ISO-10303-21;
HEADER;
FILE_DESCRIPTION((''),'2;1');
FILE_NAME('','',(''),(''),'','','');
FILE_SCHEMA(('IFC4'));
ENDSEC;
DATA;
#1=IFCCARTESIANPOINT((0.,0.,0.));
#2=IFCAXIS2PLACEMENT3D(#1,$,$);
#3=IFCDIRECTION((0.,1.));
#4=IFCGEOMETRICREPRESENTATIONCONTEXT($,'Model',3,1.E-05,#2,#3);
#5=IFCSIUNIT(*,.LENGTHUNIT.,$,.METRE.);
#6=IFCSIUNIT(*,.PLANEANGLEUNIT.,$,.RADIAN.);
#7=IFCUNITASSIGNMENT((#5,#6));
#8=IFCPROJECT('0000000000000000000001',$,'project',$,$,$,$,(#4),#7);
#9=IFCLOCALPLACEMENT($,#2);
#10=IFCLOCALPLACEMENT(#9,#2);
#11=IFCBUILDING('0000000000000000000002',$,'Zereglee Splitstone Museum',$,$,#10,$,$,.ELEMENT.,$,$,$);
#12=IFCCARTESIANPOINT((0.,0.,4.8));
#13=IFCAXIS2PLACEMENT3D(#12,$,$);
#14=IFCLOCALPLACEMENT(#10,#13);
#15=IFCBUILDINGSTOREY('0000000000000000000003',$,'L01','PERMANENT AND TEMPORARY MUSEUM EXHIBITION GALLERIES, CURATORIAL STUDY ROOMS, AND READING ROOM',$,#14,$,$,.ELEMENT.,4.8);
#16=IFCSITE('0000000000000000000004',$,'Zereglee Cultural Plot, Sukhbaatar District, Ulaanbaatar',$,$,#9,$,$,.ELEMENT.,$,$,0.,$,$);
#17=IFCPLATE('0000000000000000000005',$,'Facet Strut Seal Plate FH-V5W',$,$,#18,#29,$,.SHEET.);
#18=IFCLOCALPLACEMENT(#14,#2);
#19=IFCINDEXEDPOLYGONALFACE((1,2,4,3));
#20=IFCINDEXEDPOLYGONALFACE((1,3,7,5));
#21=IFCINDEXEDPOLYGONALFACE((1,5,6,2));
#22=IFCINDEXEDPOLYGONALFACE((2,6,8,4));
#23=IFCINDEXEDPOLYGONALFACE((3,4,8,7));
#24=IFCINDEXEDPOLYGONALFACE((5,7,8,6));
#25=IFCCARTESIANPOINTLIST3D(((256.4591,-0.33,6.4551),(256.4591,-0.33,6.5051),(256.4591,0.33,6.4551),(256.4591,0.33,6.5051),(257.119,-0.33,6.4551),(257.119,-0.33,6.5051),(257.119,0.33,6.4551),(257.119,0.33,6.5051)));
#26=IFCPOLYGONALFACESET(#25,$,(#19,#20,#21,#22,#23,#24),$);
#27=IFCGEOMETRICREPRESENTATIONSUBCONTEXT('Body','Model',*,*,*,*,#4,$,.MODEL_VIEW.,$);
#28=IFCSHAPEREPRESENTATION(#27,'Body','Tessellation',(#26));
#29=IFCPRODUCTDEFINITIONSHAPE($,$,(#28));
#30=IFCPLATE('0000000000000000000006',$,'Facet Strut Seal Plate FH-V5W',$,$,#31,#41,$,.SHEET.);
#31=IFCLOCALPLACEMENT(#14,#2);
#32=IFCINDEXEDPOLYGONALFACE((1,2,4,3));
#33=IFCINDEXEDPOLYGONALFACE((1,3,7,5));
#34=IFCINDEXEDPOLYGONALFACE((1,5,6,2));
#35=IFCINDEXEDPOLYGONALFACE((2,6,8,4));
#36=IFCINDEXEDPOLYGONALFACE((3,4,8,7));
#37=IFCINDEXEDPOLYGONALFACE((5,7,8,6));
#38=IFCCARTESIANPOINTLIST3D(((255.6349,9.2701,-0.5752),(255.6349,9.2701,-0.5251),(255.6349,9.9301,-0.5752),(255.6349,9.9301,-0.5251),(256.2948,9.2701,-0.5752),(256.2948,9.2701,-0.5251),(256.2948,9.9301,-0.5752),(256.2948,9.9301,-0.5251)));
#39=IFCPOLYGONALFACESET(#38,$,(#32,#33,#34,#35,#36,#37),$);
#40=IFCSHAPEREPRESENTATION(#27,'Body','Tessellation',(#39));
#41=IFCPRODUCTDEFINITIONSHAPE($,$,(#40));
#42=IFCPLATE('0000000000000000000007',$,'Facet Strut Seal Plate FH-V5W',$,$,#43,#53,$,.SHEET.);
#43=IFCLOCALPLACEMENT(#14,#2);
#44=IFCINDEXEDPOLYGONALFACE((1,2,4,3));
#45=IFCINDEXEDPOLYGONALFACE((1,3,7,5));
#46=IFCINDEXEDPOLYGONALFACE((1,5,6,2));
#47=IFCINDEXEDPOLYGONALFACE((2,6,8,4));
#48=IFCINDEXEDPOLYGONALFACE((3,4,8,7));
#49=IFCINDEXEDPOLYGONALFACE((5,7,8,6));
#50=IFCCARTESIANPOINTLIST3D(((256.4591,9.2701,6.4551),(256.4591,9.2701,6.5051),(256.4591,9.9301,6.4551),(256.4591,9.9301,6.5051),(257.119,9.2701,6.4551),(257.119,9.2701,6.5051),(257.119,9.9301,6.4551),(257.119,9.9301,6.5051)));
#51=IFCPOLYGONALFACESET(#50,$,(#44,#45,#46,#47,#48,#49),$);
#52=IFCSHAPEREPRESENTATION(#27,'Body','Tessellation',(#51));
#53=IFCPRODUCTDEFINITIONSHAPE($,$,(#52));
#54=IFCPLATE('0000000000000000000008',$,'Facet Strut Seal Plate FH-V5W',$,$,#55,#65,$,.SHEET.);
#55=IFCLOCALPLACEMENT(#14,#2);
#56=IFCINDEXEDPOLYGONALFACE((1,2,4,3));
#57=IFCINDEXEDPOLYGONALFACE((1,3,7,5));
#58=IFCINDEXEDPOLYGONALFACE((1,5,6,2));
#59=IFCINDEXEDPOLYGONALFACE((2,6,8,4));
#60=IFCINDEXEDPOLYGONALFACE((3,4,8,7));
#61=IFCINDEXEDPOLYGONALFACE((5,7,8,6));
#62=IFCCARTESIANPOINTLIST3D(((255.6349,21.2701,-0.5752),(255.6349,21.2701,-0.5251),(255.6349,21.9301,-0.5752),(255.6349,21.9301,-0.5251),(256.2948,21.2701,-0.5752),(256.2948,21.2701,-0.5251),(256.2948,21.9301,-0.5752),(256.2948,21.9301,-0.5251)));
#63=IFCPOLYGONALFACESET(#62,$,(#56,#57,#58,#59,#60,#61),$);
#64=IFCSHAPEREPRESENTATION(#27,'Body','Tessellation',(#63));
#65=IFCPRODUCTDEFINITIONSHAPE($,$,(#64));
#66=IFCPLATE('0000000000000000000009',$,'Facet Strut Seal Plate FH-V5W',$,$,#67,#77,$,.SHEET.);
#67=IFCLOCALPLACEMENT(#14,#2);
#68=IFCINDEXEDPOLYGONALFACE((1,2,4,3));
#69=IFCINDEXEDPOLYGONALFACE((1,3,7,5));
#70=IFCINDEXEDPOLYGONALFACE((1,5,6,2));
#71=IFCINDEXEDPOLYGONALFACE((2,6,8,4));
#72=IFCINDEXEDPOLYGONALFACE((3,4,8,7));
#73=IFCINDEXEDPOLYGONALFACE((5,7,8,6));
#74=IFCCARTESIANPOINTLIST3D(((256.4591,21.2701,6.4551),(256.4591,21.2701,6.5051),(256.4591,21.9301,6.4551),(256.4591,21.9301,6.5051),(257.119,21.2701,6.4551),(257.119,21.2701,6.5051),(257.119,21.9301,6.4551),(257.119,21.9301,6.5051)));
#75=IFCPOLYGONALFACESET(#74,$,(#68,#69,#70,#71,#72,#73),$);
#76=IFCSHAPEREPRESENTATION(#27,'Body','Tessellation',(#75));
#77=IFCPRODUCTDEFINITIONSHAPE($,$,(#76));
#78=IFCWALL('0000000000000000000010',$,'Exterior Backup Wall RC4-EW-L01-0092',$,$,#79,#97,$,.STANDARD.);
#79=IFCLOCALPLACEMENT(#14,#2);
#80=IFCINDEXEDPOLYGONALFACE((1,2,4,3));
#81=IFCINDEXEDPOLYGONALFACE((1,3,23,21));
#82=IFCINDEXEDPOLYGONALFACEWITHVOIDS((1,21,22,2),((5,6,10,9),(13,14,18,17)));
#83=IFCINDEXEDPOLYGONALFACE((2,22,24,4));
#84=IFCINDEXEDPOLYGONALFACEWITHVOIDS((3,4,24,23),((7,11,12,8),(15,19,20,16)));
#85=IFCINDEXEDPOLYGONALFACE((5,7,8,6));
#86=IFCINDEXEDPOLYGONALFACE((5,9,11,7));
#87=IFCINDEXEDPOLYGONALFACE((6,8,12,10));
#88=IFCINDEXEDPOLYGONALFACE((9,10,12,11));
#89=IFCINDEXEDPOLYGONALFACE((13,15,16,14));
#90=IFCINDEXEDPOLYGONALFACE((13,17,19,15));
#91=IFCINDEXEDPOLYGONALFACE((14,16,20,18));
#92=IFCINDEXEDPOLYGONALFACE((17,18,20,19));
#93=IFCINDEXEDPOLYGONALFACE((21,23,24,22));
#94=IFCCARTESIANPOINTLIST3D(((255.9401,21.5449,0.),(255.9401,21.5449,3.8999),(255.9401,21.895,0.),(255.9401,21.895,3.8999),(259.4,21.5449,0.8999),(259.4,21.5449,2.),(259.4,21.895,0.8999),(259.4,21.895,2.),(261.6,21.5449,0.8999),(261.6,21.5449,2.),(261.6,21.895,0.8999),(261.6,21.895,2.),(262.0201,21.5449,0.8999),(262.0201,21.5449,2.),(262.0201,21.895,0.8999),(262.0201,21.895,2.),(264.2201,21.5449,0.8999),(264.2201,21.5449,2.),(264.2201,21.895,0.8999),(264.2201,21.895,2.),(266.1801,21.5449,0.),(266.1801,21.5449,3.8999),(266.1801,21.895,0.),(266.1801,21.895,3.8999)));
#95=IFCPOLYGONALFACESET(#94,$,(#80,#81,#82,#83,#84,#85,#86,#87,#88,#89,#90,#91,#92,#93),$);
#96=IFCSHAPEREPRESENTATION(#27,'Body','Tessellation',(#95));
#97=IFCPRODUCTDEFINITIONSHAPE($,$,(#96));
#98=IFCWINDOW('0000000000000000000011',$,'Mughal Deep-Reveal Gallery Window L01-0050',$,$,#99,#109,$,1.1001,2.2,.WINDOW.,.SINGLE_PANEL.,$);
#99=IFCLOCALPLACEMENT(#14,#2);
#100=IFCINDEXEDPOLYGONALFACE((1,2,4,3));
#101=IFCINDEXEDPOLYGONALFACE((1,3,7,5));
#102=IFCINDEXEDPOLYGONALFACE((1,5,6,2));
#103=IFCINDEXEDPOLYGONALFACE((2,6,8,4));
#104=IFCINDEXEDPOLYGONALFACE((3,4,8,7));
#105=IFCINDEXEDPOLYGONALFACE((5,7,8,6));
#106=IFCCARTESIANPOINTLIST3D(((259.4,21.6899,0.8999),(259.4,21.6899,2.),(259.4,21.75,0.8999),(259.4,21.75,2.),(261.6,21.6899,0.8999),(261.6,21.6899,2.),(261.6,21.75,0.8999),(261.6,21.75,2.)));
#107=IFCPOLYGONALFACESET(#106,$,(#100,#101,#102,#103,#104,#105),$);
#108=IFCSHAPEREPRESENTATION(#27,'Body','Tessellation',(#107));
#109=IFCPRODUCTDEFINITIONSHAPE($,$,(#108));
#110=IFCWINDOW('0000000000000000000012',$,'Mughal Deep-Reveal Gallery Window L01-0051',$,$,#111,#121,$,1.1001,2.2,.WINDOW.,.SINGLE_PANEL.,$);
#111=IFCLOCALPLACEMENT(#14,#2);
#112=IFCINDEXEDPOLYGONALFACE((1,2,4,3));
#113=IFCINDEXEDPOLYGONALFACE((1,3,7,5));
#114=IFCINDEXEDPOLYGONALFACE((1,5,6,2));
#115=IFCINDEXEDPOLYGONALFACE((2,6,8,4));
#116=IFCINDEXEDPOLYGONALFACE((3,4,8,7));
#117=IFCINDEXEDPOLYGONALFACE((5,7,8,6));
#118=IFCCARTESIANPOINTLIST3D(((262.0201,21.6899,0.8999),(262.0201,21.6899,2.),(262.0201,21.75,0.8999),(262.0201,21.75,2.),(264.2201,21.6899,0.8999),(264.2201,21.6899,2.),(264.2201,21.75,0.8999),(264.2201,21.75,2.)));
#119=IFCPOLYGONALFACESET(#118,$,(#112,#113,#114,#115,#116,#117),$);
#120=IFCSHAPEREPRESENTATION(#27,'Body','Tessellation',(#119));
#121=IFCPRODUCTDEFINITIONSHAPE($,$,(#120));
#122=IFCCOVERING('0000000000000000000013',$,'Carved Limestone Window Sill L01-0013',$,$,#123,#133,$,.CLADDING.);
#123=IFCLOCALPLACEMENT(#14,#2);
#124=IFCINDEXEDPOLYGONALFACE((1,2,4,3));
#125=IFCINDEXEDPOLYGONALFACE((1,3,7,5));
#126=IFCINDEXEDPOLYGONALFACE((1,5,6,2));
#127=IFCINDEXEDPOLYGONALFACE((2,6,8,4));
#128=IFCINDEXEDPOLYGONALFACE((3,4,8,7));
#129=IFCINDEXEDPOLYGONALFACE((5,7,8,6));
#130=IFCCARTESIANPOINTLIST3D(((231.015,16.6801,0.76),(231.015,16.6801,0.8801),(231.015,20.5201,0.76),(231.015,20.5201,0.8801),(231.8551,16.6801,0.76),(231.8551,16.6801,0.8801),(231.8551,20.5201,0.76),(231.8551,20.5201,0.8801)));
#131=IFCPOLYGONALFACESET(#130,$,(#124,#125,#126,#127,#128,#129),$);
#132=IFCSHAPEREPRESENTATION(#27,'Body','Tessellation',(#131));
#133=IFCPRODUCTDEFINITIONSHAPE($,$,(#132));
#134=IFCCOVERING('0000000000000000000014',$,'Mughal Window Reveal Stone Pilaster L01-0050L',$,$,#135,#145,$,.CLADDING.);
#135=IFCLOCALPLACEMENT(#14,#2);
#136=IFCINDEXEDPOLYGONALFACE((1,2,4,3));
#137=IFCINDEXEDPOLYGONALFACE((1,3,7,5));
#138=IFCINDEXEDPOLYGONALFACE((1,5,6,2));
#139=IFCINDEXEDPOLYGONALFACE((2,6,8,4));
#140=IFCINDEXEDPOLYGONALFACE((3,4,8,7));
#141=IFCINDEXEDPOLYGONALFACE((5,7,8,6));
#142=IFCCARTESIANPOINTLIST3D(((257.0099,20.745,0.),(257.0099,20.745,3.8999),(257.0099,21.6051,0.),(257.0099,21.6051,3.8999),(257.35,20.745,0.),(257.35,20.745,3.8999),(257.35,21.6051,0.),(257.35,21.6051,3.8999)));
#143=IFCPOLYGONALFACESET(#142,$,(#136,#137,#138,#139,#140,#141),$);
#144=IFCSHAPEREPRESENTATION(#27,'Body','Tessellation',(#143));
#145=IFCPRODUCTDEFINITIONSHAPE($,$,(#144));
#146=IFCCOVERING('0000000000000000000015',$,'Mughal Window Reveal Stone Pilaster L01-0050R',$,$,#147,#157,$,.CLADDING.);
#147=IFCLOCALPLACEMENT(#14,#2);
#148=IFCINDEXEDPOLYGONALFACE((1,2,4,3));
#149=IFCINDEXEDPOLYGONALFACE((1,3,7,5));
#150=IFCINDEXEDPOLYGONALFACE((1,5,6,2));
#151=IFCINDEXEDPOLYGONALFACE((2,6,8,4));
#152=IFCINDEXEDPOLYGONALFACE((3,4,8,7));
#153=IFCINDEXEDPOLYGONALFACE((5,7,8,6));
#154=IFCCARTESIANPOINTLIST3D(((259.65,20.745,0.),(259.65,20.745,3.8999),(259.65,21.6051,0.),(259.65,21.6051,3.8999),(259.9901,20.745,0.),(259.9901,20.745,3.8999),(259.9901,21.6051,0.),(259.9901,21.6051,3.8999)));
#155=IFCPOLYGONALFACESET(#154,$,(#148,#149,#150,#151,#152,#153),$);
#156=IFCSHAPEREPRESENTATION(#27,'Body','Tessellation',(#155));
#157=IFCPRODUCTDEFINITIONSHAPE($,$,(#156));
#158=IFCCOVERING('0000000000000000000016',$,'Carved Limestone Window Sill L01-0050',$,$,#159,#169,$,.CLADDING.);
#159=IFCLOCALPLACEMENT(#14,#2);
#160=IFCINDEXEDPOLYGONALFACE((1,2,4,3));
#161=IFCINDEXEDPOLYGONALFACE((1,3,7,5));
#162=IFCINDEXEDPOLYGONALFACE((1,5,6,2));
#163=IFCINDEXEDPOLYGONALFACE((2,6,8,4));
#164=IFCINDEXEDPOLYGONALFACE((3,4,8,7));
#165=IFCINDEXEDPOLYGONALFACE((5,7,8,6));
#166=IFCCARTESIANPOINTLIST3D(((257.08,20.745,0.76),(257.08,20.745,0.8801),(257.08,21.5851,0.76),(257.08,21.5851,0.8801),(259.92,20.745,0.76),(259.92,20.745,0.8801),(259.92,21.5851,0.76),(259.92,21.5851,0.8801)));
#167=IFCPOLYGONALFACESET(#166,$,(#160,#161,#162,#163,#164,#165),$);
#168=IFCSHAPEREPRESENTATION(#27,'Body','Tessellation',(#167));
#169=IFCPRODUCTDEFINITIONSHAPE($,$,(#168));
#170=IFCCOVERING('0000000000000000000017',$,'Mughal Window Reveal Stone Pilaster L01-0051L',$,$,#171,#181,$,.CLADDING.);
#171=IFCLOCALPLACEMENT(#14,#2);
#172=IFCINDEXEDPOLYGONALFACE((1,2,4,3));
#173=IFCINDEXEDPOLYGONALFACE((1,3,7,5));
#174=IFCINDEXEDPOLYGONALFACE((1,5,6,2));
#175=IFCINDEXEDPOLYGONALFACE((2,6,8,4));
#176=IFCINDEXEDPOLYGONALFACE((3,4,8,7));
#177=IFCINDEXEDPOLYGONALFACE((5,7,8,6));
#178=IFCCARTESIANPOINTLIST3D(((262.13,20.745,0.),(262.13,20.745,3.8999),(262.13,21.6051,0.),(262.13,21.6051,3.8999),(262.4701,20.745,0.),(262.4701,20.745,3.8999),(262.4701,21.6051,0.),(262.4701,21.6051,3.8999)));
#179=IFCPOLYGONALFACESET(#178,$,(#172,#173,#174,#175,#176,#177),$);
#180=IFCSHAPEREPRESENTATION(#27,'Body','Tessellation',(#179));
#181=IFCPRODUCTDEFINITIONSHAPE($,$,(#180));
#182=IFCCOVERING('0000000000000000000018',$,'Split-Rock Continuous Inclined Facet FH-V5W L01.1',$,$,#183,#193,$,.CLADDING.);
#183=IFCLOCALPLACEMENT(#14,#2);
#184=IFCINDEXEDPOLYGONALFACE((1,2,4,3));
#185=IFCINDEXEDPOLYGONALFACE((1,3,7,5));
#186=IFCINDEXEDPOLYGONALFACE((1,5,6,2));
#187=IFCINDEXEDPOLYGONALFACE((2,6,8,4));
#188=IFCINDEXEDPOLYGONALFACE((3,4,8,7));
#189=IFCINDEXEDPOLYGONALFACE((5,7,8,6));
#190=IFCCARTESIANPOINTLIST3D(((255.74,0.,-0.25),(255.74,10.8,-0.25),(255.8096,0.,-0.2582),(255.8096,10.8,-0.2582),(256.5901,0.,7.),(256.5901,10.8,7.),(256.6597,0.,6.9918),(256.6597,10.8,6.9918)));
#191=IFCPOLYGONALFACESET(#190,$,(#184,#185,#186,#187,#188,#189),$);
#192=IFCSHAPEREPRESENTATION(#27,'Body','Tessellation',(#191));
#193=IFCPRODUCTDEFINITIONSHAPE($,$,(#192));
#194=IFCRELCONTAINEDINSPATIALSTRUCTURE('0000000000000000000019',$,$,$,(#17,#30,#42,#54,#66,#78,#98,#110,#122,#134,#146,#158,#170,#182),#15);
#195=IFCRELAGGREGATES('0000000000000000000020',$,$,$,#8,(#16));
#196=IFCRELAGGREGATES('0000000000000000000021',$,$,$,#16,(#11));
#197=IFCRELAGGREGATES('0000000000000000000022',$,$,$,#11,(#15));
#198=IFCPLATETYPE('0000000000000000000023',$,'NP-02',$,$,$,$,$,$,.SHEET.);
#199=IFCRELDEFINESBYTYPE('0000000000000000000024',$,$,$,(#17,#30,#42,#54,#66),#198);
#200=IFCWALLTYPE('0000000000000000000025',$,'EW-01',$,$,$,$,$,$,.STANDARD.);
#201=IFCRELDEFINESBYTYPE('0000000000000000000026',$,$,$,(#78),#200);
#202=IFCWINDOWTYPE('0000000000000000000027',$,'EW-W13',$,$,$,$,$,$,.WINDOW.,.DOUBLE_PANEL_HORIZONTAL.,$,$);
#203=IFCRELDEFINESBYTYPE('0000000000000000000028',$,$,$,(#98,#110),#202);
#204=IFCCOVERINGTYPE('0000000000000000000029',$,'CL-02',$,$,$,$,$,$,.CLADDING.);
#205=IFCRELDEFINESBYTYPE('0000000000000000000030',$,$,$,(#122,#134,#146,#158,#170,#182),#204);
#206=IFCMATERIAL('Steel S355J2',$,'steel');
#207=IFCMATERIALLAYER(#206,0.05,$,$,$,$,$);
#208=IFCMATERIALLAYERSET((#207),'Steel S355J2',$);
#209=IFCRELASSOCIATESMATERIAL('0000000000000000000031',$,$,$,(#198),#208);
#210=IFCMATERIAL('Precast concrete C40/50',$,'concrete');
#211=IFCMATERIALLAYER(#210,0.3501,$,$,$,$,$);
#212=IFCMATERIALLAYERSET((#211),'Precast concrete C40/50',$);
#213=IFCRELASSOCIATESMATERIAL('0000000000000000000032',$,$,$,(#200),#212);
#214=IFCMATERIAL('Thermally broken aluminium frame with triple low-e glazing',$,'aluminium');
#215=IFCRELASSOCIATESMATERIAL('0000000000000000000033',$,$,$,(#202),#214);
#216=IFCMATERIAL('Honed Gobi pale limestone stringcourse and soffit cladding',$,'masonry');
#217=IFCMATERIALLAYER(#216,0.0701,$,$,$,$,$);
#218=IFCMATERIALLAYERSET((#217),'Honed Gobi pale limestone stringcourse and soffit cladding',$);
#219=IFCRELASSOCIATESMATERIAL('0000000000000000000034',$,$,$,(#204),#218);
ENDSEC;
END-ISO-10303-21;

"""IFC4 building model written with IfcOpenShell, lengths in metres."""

from ifc_helpers import new_model, si_unit, direction, frame, frame_2d, origin, origin_2d, place, context, subcontext, project, spatial, polyline, rectangle, outline, extrude, material, layer, layer_set, type_object, element, fill, save


model = new_model("IFC4")

# Units and contexts
model_context = context("Model", 3, precision=1e-05, world=origin(), true_north=direction((0.0, 1.0)))
body_context = subcontext(model_context, "Body", "Model", "MODEL_VIEW")
ifc_project = project(units=[si_unit("LENGTHUNIT", "METRE"), si_unit("PLANEANGLEUNIT", "RADIAN")], contexts=[model_context])

# Site, building, storey
site_placement = place(None, origin())
site = spatial("IfcSite", under=ifc_project, at=site_placement, Name="Zereglee Cultural Plot, Sukhbaatar District, Ulaanbaatar", CompositionType="ELEMENT", RefElevation=0.0)
building_placement = place(site_placement, origin())
building = spatial("IfcBuilding", under=site, at=building_placement, Name="Zereglee Splitstone Museum", CompositionType="ELEMENT")
storey_placement = place(building_placement, frame((0.0, 0.0, 4.8)))
storey = spatial("IfcBuildingStorey", under=building, at=storey_placement, Name="L01", Description="PERMANENT AND TEMPORARY MUSEUM EXHIBITION GALLERIES, CURATORIAL STUDY ROOMS, AND READING ROOM", CompositionType="ELEMENT", Elevation=4.8)

# Shared definitions
ifc_material_1 = material(Name="Steel S355J2", Category="steel")

# Plates
ifc_layer_1 = layer(ifc_material_1, 0.05)
ifc_layer_set_1 = layer_set([ifc_layer_1], Name="Steel S355J2")
plate_type = type_object("IfcPlateType", Name="NP-02", PredefinedType="SHEET", material=ifc_layer_set_1)
for number, where, z_axis, x_axis, name in (
    (1, (256.7891, 0.0, 6.4551), (0.0, 0.0, 1.0), (1.0, 0.0, 0.0), "Facet Strut Seal Plate FH-V5W"),
    (2, (255.9648, 9.6001, -0.5752), (0.0, 0.0, 1.0), (1.0, 0.0, 0.0), "Facet Strut Seal Plate FH-V5W"),
    (3, (256.7891, 9.6001, 6.4551), (0.0, 0.0, 1.0), (1.0, 0.0, 0.0), "Facet Strut Seal Plate FH-V5W"),
    (4, (255.9648, 21.6001, -0.5752), (0.0, 0.0, 1.0), (1.0, 0.0, 0.0), "Facet Strut Seal Plate FH-V5W"),
    (5, (256.7891, 21.6001, 6.4551), (0.0, 0.0, 1.0), (1.0, 0.0, 0.0), "Facet Strut Seal Plate FH-V5W"),
):
    element("IfcPlate", number, at=place(storey_placement, frame(where, z_axis=z_axis, x_axis=x_axis)), inside=storey, type_object=plate_type, Name=name, PredefinedType="SHEET", context=body_context, shape_type="SweptSolid", body=[
        extrude(rectangle(XDim=0.6599, YDim=0.6599, at=origin_2d()), origin(), (0.0, 0.0, 1.0), 0.05),
    ])

# Wall, openings, windows
ifc_material_2 = material(Name="Precast concrete C40/50", Category="concrete")
ifc_layer_2 = layer(ifc_material_2, 0.3501)
ifc_layer_set_2 = layer_set([ifc_layer_2], Name="Precast concrete C40/50")
wall_type = type_object("IfcWallType", Name="EW-01", PredefinedType="STANDARD", material=ifc_layer_set_2)
wall_placement = place(storey_placement, frame((255.9399, 21.72, 0.0), z_axis=(0.0, 0.0, 1.0), x_axis=(1.0, 0.0, 0.0)))
wall = element("IfcWall", 6, at=wall_placement, inside=storey, type_object=wall_type, Name="Exterior Backup Wall RC4-EW-L01-0092", PredefinedType="STANDARD", context=body_context, shape_type="SweptSolid", body=[
    extrude(rectangle(XDim=10.24, YDim=0.3501, at=frame_2d((5.1201, 0.0))), origin(), (0.0, 0.0, 1.0), 3.8999),
])
opening_1_placement = place(wall_placement, frame((3.46, 0.0, 0.8999)))
opening_1 = element("IfcOpeningElement", 7, at=opening_1_placement, cuts=wall, PredefinedType="OPENING", context=body_context, shape_type="SweptSolid", body=[
    extrude(rectangle(XDim=2.2, YDim=1.1001, at=frame_2d((1.1001, 0.55))), frame((0.0, 0.1899, 0.0), z_axis=(0.0, -1.0, 0.0), x_axis=(1.0, 0.0, 0.0)), (0.0, 0.0, 1.0), 0.3799),
])
opening_2_placement = place(wall_placement, frame((6.0801, 0.0, 0.8999)))
opening_2 = element("IfcOpeningElement", 8, at=opening_2_placement, cuts=wall, PredefinedType="OPENING", context=body_context, shape_type="SweptSolid", body=[
    extrude(rectangle(XDim=2.2, YDim=1.1001, at=frame_2d((1.1001, 0.55))), frame((0.0, 0.1899, 0.0), z_axis=(0.0, -1.0, 0.0), x_axis=(1.0, 0.0, 0.0)), (0.0, 0.0, 1.0), 0.3799),
])
ifc_material_3 = material(Name="Thermally broken aluminium frame with triple low-e glazing", Category="aluminium")
window_type = type_object("IfcWindowType", Name="EW-W13", PartitioningType="DOUBLE_PANEL_HORIZONTAL", PredefinedType="WINDOW", material=ifc_material_3)
window_1_placement = place(opening_1_placement, origin())
window_1 = element("IfcWindow", 9, at=window_1_placement, inside=storey, type_object=window_type, Name="Mughal Deep-Reveal Gallery Window L01-0050", OverallHeight=1.1001, OverallWidth=2.2, PartitioningType="SINGLE_PANEL", PredefinedType="WINDOW", context=body_context, shape_type="SweptSolid", body=[
    extrude(rectangle(XDim=2.2, YDim=1.1001, at=frame_2d((1.1001, 0.55))), frame((0.0, 0.03, 0.0), z_axis=(0.0, -1.0, 0.0), x_axis=(1.0, 0.0, 0.0)), (0.0, 0.0, 1.0), 0.0601),
])
fill(opening_1, window_1)
window_2_placement = place(opening_2_placement, origin())
window_2 = element("IfcWindow", 10, at=window_2_placement, inside=storey, type_object=window_type, Name="Mughal Deep-Reveal Gallery Window L01-0051", OverallHeight=1.1001, OverallWidth=2.2, PartitioningType="SINGLE_PANEL", PredefinedType="WINDOW", context=body_context, shape_type="SweptSolid", body=[
    extrude(rectangle(XDim=2.2, YDim=1.1001, at=frame_2d((1.1001, 0.55))), frame((0.0, 0.03, 0.0), z_axis=(0.0, -1.0, 0.0), x_axis=(1.0, 0.0, 0.0)), (0.0, 0.0, 1.0), 0.0601),
])
fill(opening_2, window_2)

# Coverings
ifc_material_4 = material(Name="Honed Gobi pale limestone stringcourse and soffit cladding", Category="masonry")
ifc_layer_3 = layer(ifc_material_4, 0.0701)
ifc_layer_set_3 = layer_set([ifc_layer_3], Name="Honed Gobi pale limestone stringcourse and soffit cladding")
covering_type_1 = type_object("IfcCoveringType", Name="CL-02", PredefinedType="CLADDING", material=ifc_layer_set_3)
covering_1_placement = place(storey_placement, frame((231.4351, 18.6001, 0.76), z_axis=(0.0, 0.0, 1.0), x_axis=(0.0, 1.0, 0.0)))
element("IfcCovering", 11, at=covering_1_placement, inside=storey, type_object=covering_type_1, Name="Carved Limestone Window Sill L01-0013", PredefinedType="CLADDING", context=body_context, shape_type="SweptSolid", body=[
    extrude(rectangle(XDim=3.8401, YDim=0.8401, at=origin_2d()), origin(), (0.0, 0.0, 1.0), 0.1201),
])
for number, where, z_axis, x_axis, name in (
    (12, (257.1799, 21.175, 0.0), (0.0, 0.0, 1.0), (1.0, 0.0, 0.0), "Mughal Window Reveal Stone Pilaster L01-0050L"),
    (13, (259.8201, 21.175, 0.0), (0.0, 0.0, 1.0), (1.0, 0.0, 0.0), "Mughal Window Reveal Stone Pilaster L01-0050R"),
):
    element("IfcCovering", number, at=place(storey_placement, frame(where, z_axis=z_axis, x_axis=x_axis)), inside=storey, type_object=covering_type_1, Name=name, PredefinedType="CLADDING", context=body_context, shape_type="SweptSolid", body=[
        extrude(rectangle(XDim=0.3401, YDim=0.8601, at=origin_2d()), origin(), (0.0, 0.0, 1.0), 3.8999),
    ])
covering_2_placement = place(storey_placement, frame((258.5, 21.165, 0.76), z_axis=(0.0, 0.0, 1.0), x_axis=(1.0, 0.0, 0.0)))
element("IfcCovering", 14, at=covering_2_placement, inside=storey, type_object=covering_type_1, Name="Carved Limestone Window Sill L01-0050", PredefinedType="CLADDING", context=body_context, shape_type="SweptSolid", body=[
    extrude(rectangle(XDim=2.8401, YDim=0.8401, at=origin_2d()), origin(), (0.0, 0.0, 1.0), 0.1201),
])
covering_3_placement = place(storey_placement, frame((262.3, 21.175, 0.0), z_axis=(0.0, 0.0, 1.0), x_axis=(1.0, 0.0, 0.0)))
element("IfcCovering", 15, at=covering_3_placement, inside=storey, type_object=covering_type_1, Name="Mughal Window Reveal Stone Pilaster L01-0051L", PredefinedType="CLADDING", context=body_context, shape_type="SweptSolid", body=[
    extrude(rectangle(XDim=0.3401, YDim=0.8601, at=origin_2d()), origin(), (0.0, 0.0, 1.0), 3.8999),
])
for number, where, z_axis, x_axis, name in (
    (16, (256.5901, 0.0, 7.0), (-0.993196, 0.0, 0.116457), (0.0, 1.0, 0.0), "Split-Rock Continuous Inclined Facet FH-V5W L01.1"),
):
    element("IfcCovering", number, at=place(storey_placement, frame(where, z_axis=z_axis, x_axis=x_axis)), inside=storey, type_object=covering_type_1, Name=name, PredefinedType="CLADDING", context=body_context, shape_type="SweptSolid", body=[
        extrude(outline(polyline([(0.0, 0.0), (10.8, 0.0), (10.8, 7.2997), (0.0, 7.2997), (0.0, 0.0)])), origin(), (0.0, 0.0, -1.0), 0.0701),
    ])

save(model, "model.ifc")
